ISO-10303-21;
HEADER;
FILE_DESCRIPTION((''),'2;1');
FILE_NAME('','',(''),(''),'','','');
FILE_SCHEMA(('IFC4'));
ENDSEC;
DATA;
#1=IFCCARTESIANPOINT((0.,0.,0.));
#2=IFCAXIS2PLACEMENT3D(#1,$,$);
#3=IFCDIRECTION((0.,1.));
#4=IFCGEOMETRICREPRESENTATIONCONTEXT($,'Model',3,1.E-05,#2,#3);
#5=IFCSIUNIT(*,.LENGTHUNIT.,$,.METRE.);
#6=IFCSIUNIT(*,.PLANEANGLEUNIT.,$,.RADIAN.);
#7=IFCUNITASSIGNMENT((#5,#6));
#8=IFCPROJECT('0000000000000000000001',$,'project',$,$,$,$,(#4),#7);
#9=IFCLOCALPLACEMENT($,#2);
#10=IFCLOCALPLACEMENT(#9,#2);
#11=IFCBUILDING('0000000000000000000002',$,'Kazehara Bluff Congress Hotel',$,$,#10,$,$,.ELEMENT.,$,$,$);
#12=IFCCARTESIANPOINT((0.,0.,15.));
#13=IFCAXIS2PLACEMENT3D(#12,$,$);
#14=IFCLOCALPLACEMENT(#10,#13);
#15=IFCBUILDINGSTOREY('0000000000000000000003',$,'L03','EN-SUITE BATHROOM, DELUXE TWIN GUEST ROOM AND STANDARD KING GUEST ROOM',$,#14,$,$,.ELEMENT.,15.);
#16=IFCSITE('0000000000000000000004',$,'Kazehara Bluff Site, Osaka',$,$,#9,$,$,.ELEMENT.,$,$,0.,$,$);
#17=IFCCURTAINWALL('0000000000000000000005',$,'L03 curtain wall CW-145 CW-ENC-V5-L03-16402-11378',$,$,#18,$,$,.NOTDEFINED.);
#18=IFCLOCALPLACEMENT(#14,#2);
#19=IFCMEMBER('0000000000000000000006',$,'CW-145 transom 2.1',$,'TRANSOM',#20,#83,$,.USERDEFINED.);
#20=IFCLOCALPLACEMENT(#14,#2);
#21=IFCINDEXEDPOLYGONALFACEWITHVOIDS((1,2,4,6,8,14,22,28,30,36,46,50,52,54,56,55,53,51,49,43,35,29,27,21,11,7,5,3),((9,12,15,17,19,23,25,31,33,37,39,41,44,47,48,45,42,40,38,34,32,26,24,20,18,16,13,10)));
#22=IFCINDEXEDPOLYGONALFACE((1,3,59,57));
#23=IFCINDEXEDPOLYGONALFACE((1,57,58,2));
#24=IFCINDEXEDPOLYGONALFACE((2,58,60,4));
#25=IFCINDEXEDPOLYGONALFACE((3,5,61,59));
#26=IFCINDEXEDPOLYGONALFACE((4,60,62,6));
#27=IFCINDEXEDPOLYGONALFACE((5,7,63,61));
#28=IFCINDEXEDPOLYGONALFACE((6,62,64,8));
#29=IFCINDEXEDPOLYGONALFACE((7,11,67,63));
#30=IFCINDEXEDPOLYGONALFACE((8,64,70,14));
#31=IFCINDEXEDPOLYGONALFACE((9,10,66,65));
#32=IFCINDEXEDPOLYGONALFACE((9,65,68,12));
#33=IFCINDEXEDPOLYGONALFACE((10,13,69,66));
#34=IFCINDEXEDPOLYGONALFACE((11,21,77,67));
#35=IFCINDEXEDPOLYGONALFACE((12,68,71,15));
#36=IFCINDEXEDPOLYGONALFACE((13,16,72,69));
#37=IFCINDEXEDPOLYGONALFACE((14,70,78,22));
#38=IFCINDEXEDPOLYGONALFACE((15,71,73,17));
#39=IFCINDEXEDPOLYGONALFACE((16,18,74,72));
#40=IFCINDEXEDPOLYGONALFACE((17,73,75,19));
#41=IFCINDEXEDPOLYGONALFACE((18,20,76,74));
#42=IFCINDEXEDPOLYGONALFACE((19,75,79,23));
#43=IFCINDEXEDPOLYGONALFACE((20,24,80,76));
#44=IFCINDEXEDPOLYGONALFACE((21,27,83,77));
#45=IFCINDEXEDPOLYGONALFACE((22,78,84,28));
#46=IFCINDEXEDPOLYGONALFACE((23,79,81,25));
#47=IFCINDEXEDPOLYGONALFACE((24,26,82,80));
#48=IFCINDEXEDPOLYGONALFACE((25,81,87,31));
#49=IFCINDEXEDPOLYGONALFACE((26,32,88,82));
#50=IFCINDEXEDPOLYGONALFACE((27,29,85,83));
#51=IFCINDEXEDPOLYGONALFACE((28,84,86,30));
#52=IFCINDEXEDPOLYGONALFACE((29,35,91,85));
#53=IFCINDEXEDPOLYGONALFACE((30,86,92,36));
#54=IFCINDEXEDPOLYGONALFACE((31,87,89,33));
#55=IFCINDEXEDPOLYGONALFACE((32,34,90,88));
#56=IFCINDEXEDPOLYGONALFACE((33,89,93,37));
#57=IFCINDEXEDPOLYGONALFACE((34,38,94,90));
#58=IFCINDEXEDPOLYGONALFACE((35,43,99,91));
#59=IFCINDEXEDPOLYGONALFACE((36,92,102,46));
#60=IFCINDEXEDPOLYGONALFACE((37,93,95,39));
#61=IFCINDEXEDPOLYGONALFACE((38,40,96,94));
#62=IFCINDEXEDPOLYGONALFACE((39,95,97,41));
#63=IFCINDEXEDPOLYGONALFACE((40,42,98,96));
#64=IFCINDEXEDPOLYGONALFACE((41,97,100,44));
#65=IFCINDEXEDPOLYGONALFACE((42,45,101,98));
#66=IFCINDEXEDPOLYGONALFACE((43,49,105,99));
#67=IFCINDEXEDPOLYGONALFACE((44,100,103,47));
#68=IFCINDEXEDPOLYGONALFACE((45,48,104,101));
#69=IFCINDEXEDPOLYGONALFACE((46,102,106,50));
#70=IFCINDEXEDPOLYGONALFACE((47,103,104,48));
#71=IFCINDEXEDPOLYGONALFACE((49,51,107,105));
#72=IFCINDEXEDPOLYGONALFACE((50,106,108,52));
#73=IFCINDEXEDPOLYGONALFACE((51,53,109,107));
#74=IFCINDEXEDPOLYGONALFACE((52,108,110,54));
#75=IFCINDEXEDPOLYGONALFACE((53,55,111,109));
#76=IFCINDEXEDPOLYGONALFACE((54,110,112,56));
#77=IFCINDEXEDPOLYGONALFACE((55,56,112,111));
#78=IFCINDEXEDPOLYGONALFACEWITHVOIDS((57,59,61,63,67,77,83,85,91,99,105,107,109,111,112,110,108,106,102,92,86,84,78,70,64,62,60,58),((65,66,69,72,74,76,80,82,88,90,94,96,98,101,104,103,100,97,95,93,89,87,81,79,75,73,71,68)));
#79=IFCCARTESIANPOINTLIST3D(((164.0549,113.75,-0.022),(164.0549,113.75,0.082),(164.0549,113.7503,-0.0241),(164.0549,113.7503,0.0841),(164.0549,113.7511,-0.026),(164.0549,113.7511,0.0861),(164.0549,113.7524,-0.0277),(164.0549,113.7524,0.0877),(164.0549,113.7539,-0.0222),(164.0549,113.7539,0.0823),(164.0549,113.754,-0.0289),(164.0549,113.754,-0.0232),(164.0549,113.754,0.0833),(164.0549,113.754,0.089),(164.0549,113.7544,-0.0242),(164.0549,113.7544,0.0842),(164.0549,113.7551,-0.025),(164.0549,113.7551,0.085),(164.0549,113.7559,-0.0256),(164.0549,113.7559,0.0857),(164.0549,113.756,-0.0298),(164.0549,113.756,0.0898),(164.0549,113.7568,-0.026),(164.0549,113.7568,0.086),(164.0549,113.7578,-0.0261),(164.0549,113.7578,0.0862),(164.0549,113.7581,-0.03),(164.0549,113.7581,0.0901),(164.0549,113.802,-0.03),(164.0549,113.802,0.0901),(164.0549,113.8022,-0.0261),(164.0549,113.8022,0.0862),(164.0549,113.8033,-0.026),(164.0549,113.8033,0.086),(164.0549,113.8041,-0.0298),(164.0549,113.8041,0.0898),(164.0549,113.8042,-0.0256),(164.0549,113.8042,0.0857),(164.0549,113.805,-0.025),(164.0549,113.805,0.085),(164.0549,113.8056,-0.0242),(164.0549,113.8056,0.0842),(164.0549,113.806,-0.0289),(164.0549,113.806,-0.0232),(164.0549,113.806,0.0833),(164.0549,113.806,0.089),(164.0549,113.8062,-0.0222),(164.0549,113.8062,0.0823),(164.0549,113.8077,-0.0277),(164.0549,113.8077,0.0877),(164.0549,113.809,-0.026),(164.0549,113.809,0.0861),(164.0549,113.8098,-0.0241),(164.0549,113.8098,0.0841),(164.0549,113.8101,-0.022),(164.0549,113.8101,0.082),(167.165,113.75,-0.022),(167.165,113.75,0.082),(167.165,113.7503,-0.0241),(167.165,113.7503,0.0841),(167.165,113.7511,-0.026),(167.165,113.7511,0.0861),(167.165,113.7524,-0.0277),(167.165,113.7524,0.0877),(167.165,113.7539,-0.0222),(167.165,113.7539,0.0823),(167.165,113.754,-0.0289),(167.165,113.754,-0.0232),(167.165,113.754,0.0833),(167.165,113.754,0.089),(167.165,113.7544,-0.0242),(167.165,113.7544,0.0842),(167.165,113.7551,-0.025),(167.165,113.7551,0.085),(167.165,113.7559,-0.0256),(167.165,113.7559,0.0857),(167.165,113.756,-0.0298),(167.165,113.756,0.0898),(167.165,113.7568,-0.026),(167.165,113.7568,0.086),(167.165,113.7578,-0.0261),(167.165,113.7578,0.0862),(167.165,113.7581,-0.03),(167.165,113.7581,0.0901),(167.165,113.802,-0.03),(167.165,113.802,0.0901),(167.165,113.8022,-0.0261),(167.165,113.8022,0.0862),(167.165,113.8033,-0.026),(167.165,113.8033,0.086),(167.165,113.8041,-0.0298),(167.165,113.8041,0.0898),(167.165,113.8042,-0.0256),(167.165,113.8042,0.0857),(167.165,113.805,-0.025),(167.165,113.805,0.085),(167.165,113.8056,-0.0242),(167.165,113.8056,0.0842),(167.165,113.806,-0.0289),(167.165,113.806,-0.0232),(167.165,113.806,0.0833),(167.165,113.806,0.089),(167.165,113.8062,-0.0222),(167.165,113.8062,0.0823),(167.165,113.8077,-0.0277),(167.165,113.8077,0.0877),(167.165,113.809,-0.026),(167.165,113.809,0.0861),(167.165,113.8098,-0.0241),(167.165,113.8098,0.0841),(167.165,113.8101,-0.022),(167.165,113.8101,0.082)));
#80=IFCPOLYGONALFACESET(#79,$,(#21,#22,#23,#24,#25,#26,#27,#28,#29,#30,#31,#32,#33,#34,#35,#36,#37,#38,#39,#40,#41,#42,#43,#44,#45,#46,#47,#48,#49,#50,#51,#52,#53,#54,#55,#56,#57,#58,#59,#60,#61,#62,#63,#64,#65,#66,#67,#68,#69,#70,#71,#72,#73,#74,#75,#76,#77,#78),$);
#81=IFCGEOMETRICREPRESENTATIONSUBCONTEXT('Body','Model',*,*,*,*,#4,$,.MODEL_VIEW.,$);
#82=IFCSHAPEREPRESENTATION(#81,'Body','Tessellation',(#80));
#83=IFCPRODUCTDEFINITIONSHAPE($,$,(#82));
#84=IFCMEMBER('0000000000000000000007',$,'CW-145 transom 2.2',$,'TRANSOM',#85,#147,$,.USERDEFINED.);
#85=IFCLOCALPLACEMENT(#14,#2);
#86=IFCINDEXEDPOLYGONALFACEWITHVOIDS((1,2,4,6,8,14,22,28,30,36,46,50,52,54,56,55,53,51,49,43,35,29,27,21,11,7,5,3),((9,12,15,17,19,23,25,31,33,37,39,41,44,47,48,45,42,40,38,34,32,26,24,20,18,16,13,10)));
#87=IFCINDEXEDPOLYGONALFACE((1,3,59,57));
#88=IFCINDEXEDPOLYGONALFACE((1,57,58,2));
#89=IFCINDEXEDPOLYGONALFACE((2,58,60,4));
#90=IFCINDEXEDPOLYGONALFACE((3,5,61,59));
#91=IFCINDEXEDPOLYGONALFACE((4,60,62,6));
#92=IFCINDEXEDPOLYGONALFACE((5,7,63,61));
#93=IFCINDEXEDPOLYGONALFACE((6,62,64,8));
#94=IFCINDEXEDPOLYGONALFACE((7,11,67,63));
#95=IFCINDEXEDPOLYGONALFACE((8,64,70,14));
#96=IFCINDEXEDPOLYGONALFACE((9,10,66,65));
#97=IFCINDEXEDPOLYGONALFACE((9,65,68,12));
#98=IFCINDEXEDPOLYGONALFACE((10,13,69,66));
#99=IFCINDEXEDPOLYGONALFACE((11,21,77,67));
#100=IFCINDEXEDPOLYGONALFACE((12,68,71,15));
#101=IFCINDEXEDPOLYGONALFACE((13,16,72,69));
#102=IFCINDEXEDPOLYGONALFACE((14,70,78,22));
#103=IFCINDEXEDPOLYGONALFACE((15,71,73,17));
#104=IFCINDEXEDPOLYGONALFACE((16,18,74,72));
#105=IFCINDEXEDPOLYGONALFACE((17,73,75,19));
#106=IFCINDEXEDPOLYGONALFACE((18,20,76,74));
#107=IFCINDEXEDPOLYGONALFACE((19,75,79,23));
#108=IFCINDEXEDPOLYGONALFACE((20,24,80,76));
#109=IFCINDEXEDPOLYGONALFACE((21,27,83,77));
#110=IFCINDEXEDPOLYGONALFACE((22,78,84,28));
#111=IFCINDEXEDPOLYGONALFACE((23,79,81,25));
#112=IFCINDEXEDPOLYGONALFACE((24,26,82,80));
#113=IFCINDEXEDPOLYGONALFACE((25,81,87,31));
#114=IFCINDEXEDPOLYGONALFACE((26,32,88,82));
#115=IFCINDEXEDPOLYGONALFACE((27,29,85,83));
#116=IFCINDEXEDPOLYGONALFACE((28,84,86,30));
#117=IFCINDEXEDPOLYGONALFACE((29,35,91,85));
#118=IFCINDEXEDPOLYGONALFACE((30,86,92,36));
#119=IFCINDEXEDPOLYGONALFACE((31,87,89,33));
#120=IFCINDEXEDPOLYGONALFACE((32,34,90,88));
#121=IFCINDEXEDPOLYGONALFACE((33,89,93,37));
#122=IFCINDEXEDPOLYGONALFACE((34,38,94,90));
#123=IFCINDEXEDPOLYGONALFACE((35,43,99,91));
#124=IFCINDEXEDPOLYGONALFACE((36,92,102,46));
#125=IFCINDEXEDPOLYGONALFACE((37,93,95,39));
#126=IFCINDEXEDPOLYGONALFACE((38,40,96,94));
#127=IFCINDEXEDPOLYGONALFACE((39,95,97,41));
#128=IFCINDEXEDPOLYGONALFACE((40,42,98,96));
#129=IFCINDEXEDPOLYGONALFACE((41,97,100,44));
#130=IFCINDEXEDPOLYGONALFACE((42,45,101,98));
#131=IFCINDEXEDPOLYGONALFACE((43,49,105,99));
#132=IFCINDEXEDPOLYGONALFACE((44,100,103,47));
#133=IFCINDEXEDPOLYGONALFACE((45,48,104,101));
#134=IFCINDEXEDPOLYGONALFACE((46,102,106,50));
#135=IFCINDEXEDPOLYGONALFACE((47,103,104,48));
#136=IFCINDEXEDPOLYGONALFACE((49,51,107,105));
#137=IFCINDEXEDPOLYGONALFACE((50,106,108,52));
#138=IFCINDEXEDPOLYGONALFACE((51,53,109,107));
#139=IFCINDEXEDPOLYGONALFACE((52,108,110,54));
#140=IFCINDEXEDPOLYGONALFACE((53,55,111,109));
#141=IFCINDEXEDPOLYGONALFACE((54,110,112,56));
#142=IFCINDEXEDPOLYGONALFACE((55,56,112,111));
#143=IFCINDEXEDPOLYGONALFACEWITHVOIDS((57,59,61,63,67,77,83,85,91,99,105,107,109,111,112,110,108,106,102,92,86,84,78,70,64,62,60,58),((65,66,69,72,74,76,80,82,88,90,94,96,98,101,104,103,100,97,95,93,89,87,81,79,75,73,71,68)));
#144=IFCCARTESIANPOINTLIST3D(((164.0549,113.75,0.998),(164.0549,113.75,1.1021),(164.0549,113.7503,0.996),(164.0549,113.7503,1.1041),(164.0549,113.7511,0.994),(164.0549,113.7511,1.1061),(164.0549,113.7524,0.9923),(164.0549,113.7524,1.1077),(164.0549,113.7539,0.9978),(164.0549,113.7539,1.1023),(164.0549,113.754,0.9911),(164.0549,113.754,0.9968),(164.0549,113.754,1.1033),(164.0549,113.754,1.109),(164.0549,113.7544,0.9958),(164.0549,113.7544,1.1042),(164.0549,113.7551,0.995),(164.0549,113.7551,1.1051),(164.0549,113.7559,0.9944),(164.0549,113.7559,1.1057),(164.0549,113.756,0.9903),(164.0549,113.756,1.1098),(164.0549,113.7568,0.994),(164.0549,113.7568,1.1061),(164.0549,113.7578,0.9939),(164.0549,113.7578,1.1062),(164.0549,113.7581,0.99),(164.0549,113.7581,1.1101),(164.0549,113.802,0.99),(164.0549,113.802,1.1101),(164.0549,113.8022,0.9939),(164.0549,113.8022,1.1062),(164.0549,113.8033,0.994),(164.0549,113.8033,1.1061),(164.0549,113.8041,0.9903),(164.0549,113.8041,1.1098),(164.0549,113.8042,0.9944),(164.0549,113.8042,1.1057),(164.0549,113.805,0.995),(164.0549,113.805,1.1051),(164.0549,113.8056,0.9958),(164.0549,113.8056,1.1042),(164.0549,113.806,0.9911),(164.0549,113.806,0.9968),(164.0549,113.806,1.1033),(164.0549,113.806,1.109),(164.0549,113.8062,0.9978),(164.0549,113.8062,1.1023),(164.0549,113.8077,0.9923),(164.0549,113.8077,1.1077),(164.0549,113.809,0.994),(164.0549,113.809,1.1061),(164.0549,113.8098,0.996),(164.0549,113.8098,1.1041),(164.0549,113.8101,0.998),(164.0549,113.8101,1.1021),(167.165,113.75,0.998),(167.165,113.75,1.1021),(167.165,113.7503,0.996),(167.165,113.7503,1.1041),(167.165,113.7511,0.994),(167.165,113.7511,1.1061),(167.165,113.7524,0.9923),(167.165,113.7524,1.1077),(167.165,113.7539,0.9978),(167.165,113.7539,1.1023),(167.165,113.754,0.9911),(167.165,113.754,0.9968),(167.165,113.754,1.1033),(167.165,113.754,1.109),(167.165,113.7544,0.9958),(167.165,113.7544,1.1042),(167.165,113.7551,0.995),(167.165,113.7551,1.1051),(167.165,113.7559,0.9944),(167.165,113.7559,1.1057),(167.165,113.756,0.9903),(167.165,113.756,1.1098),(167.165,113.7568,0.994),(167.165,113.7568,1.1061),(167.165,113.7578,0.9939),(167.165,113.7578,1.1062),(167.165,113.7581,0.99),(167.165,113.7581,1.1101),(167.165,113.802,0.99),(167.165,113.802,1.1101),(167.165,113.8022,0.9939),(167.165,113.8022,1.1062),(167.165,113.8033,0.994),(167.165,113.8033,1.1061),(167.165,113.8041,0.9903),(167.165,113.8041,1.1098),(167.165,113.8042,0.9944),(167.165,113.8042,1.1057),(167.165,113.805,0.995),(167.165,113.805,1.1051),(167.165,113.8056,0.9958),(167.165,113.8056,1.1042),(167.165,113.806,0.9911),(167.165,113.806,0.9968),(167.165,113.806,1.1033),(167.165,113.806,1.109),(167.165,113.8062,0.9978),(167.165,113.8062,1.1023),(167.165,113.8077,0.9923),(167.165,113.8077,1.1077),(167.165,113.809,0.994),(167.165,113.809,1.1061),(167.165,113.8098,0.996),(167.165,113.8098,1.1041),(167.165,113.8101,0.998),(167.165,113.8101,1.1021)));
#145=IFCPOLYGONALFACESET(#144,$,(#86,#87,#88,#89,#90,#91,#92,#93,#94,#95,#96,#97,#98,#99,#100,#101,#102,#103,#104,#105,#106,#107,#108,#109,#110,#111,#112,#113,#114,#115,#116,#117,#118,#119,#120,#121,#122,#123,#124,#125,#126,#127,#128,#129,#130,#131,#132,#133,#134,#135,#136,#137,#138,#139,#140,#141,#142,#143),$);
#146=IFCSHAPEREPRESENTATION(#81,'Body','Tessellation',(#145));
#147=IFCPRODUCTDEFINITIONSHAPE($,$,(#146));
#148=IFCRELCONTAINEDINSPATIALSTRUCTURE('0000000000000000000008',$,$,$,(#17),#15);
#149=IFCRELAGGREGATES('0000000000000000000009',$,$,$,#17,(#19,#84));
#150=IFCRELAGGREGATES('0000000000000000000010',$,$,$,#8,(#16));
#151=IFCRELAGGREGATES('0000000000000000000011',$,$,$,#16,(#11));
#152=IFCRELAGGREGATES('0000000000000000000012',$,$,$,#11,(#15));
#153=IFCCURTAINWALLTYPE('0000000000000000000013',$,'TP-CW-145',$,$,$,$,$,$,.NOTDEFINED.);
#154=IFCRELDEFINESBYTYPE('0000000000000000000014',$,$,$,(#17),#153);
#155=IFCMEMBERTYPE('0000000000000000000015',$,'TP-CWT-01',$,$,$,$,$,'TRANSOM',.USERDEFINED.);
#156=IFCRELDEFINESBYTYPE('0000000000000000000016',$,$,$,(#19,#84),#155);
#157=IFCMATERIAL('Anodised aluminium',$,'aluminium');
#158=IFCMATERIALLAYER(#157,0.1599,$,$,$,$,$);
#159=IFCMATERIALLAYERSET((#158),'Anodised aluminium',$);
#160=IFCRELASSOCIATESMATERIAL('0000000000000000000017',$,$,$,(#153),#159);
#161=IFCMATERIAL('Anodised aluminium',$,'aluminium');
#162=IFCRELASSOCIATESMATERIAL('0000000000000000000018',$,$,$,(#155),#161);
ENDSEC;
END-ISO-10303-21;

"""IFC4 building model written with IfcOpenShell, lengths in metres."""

from ifc_helpers import new_model, si_unit, direction, frame, origin, origin_2d, place, context, subcontext, project, spatial, hollow_rectangle, extrude, material, layer, layer_set, material_profile, profile_set, type_object, element, aggregate, save


model = new_model("IFC4")

# Units and contexts
model_context = context("Model", 3, precision=1e-05, world=origin(), true_north=direction((0.0, 1.0)))
body_context = subcontext(model_context, "Body", "Model", "MODEL_VIEW")
ifc_project = project(units=[si_unit("LENGTHUNIT", "METRE"), si_unit("PLANEANGLEUNIT", "RADIAN")], contexts=[model_context])

# Site, building, storey
site_placement = place(None, origin())
site = spatial("IfcSite", under=ifc_project, at=site_placement, Name="Kazehara Bluff Site, Osaka", CompositionType="ELEMENT", RefElevation=0.0)
building_placement = place(site_placement, origin())
building = spatial("IfcBuilding", under=site, at=building_placement, Name="Kazehara Bluff Congress Hotel", CompositionType="ELEMENT")
storey_placement = place(building_placement, frame((0.0, 0.0, 15.0)))
storey = spatial("IfcBuildingStorey", under=building, at=storey_placement, Name="L03", Description="EN-SUITE BATHROOM, DELUXE TWIN GUEST ROOM AND STANDARD KING GUEST ROOM", CompositionType="ELEMENT", Elevation=15.0)

# Curtain wall
ifc_material_1 = material(Name="Anodised aluminium", Category="aluminium")
ifc_layer_1 = layer(ifc_material_1, 0.1599)
ifc_layer_set_1 = layer_set([ifc_layer_1], Name="Anodised aluminium")
curtain_wall_type_1 = type_object("IfcCurtainWallType", Name="TP-CW-145", PredefinedType="NOTDEFINED", material=ifc_layer_set_1)
curtain_wall_1_placement = place(storey_placement, origin())
curtain_wall_1 = element("IfcCurtainWall", 1, at=curtain_wall_1_placement, inside=storey, type_object=curtain_wall_type_1, Name="L03 curtain wall CW-145 CW-ENC-V5-L03-16402-11378", PredefinedType="NOTDEFINED")

# Members
ifc_material_2 = material(Name="Anodised aluminium", Category="aluminium")
ifc_material_profile_1 = material_profile(ifc_material_2, hollow_rectangle(XDim=0.0601, YDim=0.1201, WallThickness=0.0039, InnerFilletRadius=0.0039, OuterFilletRadius=0.0081, at=origin_2d()))
ifc_profile_set_1 = profile_set([ifc_material_profile_1], Name="Anodised aluminium")
member_type_1 = type_object("IfcMemberType", Name="TP-CWT-01", ElementType="TRANSOM", PredefinedType="USERDEFINED", material=ifc_profile_set_1)
member_1_placement = place(storey_placement, frame((164.0549, 113.78, 0.03), z_axis=(1.0, 0.0, 0.0), x_axis=(0.0, 1.0, 0.0)))
member_1 = element("IfcMember", 2, at=member_1_placement, type_object=member_type_1, Name="CW-145 transom 2.1", ObjectType="TRANSOM", PredefinedType="USERDEFINED", context=body_context, shape_type="SweptSolid", body=[
    extrude(hollow_rectangle(XDim=0.0601, YDim=0.1201, WallThickness=0.0039, InnerFilletRadius=0.0039, OuterFilletRadius=0.0081, at=origin_2d()), origin(), (0.0, 0.0, 1.0), 3.1101),
])
member_2_placement = place(storey_placement, frame((164.0549, 113.78, 1.05), z_axis=(1.0, 0.0, 0.0), x_axis=(0.0, 1.0, 0.0)))
member_2 = element("IfcMember", 3, at=member_2_placement, type_object=member_type_1, Name="CW-145 transom 2.2", ObjectType="TRANSOM", PredefinedType="USERDEFINED", context=body_context, shape_type="SweptSolid", body=[
    extrude(hollow_rectangle(XDim=0.0601, YDim=0.1201, WallThickness=0.0039, InnerFilletRadius=0.0039, OuterFilletRadius=0.0081, at=origin_2d()), origin(), (0.0, 0.0, 1.0), 3.1101),
])

aggregate(curtain_wall_1, [member_1, member_2])

save(model, "model.ifc")
